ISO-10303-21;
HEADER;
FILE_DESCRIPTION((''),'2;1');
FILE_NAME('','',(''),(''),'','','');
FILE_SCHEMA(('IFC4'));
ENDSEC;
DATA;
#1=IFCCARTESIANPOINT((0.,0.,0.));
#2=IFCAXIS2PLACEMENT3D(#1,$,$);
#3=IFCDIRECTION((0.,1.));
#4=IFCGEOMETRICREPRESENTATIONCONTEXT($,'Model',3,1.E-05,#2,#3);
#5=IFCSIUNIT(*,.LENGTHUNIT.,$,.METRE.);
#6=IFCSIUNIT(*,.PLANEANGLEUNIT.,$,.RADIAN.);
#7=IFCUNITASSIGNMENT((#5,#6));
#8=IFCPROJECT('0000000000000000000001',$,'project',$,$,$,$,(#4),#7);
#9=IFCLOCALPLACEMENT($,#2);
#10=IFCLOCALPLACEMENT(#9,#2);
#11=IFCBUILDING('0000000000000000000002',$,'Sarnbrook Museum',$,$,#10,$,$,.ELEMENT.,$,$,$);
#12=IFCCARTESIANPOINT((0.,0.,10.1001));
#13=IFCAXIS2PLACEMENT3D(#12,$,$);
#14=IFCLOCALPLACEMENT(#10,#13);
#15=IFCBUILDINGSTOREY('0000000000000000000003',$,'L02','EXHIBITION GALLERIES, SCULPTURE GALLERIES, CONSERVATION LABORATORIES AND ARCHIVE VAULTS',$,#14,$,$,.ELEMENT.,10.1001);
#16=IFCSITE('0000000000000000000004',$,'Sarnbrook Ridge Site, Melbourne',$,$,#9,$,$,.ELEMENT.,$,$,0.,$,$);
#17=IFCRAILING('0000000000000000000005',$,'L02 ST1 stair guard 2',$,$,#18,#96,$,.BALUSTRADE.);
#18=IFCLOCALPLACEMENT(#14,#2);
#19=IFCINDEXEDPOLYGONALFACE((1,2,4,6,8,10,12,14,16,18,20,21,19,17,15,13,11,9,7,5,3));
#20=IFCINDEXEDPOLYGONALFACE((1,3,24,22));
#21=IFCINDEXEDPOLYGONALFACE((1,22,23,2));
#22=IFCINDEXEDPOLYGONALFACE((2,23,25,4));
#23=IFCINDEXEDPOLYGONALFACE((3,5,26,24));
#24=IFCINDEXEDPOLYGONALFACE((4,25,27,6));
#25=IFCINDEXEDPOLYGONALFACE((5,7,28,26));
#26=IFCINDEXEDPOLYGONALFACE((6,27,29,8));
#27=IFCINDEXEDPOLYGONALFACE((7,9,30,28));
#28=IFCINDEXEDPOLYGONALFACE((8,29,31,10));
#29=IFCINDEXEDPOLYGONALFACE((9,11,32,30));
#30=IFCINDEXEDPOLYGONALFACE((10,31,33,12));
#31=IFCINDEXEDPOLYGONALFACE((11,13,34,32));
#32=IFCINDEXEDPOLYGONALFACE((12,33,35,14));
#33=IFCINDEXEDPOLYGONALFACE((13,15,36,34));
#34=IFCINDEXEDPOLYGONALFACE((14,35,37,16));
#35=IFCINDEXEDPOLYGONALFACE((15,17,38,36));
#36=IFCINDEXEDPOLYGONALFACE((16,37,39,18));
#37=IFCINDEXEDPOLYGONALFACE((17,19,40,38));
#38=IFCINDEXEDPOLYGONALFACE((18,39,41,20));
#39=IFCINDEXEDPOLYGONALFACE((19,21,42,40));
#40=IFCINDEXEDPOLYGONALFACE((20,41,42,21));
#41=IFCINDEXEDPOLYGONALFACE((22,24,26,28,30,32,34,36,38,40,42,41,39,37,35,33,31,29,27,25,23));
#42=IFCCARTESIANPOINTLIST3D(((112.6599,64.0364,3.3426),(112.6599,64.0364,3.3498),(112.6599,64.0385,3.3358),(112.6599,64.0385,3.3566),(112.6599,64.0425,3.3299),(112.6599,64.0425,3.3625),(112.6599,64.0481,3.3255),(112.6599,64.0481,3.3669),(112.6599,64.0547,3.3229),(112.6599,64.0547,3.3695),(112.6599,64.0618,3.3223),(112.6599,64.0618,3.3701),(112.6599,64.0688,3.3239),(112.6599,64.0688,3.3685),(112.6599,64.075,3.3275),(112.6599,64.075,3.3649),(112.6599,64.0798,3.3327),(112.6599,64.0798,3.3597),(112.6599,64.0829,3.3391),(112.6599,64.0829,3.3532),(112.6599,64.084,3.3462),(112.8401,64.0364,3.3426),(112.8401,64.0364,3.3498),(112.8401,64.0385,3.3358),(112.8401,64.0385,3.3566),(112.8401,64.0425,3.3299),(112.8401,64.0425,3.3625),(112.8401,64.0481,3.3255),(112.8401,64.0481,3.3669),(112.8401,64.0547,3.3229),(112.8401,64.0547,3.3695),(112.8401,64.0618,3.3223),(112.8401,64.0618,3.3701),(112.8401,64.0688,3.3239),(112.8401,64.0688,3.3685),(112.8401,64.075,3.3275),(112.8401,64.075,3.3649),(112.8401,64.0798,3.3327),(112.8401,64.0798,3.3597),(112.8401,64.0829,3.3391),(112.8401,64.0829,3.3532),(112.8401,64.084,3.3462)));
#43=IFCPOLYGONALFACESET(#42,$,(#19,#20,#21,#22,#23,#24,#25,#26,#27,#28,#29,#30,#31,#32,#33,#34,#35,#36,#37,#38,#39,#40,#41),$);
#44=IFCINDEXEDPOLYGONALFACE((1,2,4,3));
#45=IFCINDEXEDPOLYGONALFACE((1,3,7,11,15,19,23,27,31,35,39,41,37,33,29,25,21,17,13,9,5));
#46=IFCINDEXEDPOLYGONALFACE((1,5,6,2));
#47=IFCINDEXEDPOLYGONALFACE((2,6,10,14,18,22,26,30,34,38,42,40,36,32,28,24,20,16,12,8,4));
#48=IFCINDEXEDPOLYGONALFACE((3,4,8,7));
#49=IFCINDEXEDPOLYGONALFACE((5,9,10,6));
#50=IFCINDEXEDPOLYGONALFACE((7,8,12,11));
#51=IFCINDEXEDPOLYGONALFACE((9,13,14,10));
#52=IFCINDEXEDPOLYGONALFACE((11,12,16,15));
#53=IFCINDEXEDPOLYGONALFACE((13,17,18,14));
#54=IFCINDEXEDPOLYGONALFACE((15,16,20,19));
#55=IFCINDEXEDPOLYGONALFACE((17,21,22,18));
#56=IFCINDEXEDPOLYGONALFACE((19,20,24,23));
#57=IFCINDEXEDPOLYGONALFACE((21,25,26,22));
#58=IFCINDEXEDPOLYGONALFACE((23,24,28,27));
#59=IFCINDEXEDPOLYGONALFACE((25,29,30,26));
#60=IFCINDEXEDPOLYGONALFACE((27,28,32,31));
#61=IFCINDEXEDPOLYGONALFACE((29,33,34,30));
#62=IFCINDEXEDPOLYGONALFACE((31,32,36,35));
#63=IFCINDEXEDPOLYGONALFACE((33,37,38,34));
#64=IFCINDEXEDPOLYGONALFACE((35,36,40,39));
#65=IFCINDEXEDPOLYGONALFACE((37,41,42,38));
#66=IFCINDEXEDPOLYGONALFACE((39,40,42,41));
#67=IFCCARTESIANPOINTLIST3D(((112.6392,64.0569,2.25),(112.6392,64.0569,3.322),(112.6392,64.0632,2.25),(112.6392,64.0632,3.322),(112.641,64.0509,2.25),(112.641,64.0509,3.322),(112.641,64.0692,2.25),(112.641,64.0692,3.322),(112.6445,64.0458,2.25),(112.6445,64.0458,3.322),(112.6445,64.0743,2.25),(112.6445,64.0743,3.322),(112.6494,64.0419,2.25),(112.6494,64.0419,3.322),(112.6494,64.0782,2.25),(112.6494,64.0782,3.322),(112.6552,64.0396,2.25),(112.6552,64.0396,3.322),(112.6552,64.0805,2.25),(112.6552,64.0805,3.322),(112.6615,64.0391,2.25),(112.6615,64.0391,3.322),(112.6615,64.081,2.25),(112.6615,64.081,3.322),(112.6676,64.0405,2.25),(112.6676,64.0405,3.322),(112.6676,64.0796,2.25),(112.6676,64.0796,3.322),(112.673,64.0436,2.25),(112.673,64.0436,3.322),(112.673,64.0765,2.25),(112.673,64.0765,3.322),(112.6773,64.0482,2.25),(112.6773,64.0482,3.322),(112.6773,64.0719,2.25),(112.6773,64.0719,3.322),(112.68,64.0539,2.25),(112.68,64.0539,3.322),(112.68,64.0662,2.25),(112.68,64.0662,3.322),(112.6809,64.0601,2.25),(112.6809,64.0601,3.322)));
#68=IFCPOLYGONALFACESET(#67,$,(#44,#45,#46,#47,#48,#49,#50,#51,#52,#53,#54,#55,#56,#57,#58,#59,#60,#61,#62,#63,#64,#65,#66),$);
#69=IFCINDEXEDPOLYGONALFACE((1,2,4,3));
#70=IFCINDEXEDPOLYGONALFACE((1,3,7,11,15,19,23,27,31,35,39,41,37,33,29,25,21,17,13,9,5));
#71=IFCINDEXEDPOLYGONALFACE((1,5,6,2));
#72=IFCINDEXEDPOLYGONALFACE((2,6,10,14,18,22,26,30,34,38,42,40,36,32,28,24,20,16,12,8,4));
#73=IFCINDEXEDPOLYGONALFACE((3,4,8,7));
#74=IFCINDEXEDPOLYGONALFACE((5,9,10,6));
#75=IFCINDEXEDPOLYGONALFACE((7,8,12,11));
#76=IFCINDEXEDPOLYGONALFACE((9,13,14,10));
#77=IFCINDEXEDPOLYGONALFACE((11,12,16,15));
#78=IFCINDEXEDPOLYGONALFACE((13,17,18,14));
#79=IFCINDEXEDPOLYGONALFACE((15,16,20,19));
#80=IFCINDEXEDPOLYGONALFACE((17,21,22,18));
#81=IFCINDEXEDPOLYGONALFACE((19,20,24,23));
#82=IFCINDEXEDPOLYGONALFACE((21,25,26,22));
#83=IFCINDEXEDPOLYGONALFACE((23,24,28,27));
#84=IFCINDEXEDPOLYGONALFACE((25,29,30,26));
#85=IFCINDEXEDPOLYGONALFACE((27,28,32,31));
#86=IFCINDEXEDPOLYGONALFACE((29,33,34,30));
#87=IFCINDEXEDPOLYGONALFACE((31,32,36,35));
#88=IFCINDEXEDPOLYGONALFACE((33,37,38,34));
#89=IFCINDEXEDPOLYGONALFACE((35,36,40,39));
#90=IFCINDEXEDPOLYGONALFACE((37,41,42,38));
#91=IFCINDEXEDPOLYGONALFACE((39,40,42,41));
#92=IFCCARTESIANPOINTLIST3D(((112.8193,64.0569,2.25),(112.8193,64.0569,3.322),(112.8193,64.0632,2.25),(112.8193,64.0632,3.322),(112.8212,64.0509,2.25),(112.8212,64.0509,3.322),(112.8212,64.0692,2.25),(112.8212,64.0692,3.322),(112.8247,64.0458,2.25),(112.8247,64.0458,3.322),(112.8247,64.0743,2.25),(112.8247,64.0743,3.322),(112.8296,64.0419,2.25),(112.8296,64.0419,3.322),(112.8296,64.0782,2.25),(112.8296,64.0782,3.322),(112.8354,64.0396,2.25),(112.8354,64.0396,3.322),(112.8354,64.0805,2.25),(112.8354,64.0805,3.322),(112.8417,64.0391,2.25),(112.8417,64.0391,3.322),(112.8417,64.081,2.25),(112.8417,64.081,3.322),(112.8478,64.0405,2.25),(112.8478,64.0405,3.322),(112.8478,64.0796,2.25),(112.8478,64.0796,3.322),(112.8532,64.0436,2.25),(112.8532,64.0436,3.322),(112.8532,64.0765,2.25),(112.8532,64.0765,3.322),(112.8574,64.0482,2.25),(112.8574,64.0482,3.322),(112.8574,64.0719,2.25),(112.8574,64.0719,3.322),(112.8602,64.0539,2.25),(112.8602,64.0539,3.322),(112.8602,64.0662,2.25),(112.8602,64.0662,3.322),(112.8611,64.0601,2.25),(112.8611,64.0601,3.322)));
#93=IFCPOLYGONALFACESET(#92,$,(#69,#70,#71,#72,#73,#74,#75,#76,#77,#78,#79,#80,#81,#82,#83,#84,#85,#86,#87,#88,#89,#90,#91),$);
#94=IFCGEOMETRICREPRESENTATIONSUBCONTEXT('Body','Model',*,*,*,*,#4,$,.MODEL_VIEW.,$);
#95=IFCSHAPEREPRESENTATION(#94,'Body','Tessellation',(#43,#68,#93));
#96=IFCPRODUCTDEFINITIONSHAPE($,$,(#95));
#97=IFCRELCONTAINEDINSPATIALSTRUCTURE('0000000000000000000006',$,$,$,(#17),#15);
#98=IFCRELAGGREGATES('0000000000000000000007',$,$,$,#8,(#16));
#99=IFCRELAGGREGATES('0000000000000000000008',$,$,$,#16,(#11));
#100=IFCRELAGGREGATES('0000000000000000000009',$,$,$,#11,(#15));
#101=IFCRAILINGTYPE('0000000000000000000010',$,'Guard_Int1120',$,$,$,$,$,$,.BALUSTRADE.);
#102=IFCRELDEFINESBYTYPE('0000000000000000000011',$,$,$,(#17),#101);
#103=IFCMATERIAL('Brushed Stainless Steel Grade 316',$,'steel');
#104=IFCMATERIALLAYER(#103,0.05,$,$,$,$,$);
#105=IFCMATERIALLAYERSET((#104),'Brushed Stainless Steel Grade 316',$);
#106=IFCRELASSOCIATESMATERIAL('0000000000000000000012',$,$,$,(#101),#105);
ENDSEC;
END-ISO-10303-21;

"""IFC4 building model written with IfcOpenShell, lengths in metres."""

from ifc_helpers import new_model, si_unit, direction, frame, origin, origin_2d, place, context, subcontext, project, spatial, circle, extrude, material, layer, layer_set, type_object, element, save


model = new_model("IFC4")

# Units and contexts
model_context = context("Model", 3, precision=1e-05, world=origin(), true_north=direction((0.0, 1.0)))
body_context = subcontext(model_context, "Body", "Model", "MODEL_VIEW")
ifc_project = project(units=[si_unit("LENGTHUNIT", "METRE"), si_unit("PLANEANGLEUNIT", "RADIAN")], contexts=[model_context])

# Site, building, storey
site_placement = place(None, origin())
site = spatial("IfcSite", under=ifc_project, at=site_placement, Name="Sarnbrook Ridge Site, Melbourne", CompositionType="ELEMENT", RefElevation=0.0)
building_placement = place(site_placement, origin())
building = spatial("IfcBuilding", under=site, at=building_placement, Name="Sarnbrook Museum", CompositionType="ELEMENT")
storey_placement = place(building_placement, frame((0.0, 0.0, 10.1001)))
storey = spatial("IfcBuildingStorey", under=building, at=storey_placement, Name="L02", Description="EXHIBITION GALLERIES, SCULPTURE GALLERIES, CONSERVATION LABORATORIES AND ARCHIVE VAULTS", CompositionType="ELEMENT", Elevation=10.1001)

# Shared definitions
ifc_material_1 = material(Name="Brushed Stainless Steel Grade 316", Category="steel")

# Railing
ifc_layer_1 = layer(ifc_material_1, 0.05)
ifc_layer_set_1 = layer_set([ifc_layer_1], Name="Brushed Stainless Steel Grade 316")
railing_type_1 = type_object("IfcRailingType", Name="Guard_Int1120", PredefinedType="BALUSTRADE", material=ifc_layer_set_1)
railing_1_placement = place(storey_placement, frame((112.6599, 64.0601, 2.25)))
element("IfcRailing", 1, at=railing_1_placement, inside=storey, type_object=railing_type_1, Name="L02 ST1 stair guard 2", PredefinedType="BALUSTRADE", context=body_context, shape_type="SweptSolid", body=[
    extrude(circle(Radius=0.0239, at=origin_2d()), frame((0.0, 0.0, 1.0962), z_axis=(1.0, 0.0, 0.0), x_axis=(0.0, 1.0, 0.0)), (0.0, 0.0, 1.0), 0.1802),
    extrude(circle(Radius=0.021, at=origin_2d()), origin(), (0.0, 0.0, 1.0), 1.072),
    extrude(circle(Radius=0.021, at=origin_2d()), frame((0.1802, 0.0, 0.0)), (0.0, 0.0, 1.0), 1.072),
])

save(model, "model.ifc")
